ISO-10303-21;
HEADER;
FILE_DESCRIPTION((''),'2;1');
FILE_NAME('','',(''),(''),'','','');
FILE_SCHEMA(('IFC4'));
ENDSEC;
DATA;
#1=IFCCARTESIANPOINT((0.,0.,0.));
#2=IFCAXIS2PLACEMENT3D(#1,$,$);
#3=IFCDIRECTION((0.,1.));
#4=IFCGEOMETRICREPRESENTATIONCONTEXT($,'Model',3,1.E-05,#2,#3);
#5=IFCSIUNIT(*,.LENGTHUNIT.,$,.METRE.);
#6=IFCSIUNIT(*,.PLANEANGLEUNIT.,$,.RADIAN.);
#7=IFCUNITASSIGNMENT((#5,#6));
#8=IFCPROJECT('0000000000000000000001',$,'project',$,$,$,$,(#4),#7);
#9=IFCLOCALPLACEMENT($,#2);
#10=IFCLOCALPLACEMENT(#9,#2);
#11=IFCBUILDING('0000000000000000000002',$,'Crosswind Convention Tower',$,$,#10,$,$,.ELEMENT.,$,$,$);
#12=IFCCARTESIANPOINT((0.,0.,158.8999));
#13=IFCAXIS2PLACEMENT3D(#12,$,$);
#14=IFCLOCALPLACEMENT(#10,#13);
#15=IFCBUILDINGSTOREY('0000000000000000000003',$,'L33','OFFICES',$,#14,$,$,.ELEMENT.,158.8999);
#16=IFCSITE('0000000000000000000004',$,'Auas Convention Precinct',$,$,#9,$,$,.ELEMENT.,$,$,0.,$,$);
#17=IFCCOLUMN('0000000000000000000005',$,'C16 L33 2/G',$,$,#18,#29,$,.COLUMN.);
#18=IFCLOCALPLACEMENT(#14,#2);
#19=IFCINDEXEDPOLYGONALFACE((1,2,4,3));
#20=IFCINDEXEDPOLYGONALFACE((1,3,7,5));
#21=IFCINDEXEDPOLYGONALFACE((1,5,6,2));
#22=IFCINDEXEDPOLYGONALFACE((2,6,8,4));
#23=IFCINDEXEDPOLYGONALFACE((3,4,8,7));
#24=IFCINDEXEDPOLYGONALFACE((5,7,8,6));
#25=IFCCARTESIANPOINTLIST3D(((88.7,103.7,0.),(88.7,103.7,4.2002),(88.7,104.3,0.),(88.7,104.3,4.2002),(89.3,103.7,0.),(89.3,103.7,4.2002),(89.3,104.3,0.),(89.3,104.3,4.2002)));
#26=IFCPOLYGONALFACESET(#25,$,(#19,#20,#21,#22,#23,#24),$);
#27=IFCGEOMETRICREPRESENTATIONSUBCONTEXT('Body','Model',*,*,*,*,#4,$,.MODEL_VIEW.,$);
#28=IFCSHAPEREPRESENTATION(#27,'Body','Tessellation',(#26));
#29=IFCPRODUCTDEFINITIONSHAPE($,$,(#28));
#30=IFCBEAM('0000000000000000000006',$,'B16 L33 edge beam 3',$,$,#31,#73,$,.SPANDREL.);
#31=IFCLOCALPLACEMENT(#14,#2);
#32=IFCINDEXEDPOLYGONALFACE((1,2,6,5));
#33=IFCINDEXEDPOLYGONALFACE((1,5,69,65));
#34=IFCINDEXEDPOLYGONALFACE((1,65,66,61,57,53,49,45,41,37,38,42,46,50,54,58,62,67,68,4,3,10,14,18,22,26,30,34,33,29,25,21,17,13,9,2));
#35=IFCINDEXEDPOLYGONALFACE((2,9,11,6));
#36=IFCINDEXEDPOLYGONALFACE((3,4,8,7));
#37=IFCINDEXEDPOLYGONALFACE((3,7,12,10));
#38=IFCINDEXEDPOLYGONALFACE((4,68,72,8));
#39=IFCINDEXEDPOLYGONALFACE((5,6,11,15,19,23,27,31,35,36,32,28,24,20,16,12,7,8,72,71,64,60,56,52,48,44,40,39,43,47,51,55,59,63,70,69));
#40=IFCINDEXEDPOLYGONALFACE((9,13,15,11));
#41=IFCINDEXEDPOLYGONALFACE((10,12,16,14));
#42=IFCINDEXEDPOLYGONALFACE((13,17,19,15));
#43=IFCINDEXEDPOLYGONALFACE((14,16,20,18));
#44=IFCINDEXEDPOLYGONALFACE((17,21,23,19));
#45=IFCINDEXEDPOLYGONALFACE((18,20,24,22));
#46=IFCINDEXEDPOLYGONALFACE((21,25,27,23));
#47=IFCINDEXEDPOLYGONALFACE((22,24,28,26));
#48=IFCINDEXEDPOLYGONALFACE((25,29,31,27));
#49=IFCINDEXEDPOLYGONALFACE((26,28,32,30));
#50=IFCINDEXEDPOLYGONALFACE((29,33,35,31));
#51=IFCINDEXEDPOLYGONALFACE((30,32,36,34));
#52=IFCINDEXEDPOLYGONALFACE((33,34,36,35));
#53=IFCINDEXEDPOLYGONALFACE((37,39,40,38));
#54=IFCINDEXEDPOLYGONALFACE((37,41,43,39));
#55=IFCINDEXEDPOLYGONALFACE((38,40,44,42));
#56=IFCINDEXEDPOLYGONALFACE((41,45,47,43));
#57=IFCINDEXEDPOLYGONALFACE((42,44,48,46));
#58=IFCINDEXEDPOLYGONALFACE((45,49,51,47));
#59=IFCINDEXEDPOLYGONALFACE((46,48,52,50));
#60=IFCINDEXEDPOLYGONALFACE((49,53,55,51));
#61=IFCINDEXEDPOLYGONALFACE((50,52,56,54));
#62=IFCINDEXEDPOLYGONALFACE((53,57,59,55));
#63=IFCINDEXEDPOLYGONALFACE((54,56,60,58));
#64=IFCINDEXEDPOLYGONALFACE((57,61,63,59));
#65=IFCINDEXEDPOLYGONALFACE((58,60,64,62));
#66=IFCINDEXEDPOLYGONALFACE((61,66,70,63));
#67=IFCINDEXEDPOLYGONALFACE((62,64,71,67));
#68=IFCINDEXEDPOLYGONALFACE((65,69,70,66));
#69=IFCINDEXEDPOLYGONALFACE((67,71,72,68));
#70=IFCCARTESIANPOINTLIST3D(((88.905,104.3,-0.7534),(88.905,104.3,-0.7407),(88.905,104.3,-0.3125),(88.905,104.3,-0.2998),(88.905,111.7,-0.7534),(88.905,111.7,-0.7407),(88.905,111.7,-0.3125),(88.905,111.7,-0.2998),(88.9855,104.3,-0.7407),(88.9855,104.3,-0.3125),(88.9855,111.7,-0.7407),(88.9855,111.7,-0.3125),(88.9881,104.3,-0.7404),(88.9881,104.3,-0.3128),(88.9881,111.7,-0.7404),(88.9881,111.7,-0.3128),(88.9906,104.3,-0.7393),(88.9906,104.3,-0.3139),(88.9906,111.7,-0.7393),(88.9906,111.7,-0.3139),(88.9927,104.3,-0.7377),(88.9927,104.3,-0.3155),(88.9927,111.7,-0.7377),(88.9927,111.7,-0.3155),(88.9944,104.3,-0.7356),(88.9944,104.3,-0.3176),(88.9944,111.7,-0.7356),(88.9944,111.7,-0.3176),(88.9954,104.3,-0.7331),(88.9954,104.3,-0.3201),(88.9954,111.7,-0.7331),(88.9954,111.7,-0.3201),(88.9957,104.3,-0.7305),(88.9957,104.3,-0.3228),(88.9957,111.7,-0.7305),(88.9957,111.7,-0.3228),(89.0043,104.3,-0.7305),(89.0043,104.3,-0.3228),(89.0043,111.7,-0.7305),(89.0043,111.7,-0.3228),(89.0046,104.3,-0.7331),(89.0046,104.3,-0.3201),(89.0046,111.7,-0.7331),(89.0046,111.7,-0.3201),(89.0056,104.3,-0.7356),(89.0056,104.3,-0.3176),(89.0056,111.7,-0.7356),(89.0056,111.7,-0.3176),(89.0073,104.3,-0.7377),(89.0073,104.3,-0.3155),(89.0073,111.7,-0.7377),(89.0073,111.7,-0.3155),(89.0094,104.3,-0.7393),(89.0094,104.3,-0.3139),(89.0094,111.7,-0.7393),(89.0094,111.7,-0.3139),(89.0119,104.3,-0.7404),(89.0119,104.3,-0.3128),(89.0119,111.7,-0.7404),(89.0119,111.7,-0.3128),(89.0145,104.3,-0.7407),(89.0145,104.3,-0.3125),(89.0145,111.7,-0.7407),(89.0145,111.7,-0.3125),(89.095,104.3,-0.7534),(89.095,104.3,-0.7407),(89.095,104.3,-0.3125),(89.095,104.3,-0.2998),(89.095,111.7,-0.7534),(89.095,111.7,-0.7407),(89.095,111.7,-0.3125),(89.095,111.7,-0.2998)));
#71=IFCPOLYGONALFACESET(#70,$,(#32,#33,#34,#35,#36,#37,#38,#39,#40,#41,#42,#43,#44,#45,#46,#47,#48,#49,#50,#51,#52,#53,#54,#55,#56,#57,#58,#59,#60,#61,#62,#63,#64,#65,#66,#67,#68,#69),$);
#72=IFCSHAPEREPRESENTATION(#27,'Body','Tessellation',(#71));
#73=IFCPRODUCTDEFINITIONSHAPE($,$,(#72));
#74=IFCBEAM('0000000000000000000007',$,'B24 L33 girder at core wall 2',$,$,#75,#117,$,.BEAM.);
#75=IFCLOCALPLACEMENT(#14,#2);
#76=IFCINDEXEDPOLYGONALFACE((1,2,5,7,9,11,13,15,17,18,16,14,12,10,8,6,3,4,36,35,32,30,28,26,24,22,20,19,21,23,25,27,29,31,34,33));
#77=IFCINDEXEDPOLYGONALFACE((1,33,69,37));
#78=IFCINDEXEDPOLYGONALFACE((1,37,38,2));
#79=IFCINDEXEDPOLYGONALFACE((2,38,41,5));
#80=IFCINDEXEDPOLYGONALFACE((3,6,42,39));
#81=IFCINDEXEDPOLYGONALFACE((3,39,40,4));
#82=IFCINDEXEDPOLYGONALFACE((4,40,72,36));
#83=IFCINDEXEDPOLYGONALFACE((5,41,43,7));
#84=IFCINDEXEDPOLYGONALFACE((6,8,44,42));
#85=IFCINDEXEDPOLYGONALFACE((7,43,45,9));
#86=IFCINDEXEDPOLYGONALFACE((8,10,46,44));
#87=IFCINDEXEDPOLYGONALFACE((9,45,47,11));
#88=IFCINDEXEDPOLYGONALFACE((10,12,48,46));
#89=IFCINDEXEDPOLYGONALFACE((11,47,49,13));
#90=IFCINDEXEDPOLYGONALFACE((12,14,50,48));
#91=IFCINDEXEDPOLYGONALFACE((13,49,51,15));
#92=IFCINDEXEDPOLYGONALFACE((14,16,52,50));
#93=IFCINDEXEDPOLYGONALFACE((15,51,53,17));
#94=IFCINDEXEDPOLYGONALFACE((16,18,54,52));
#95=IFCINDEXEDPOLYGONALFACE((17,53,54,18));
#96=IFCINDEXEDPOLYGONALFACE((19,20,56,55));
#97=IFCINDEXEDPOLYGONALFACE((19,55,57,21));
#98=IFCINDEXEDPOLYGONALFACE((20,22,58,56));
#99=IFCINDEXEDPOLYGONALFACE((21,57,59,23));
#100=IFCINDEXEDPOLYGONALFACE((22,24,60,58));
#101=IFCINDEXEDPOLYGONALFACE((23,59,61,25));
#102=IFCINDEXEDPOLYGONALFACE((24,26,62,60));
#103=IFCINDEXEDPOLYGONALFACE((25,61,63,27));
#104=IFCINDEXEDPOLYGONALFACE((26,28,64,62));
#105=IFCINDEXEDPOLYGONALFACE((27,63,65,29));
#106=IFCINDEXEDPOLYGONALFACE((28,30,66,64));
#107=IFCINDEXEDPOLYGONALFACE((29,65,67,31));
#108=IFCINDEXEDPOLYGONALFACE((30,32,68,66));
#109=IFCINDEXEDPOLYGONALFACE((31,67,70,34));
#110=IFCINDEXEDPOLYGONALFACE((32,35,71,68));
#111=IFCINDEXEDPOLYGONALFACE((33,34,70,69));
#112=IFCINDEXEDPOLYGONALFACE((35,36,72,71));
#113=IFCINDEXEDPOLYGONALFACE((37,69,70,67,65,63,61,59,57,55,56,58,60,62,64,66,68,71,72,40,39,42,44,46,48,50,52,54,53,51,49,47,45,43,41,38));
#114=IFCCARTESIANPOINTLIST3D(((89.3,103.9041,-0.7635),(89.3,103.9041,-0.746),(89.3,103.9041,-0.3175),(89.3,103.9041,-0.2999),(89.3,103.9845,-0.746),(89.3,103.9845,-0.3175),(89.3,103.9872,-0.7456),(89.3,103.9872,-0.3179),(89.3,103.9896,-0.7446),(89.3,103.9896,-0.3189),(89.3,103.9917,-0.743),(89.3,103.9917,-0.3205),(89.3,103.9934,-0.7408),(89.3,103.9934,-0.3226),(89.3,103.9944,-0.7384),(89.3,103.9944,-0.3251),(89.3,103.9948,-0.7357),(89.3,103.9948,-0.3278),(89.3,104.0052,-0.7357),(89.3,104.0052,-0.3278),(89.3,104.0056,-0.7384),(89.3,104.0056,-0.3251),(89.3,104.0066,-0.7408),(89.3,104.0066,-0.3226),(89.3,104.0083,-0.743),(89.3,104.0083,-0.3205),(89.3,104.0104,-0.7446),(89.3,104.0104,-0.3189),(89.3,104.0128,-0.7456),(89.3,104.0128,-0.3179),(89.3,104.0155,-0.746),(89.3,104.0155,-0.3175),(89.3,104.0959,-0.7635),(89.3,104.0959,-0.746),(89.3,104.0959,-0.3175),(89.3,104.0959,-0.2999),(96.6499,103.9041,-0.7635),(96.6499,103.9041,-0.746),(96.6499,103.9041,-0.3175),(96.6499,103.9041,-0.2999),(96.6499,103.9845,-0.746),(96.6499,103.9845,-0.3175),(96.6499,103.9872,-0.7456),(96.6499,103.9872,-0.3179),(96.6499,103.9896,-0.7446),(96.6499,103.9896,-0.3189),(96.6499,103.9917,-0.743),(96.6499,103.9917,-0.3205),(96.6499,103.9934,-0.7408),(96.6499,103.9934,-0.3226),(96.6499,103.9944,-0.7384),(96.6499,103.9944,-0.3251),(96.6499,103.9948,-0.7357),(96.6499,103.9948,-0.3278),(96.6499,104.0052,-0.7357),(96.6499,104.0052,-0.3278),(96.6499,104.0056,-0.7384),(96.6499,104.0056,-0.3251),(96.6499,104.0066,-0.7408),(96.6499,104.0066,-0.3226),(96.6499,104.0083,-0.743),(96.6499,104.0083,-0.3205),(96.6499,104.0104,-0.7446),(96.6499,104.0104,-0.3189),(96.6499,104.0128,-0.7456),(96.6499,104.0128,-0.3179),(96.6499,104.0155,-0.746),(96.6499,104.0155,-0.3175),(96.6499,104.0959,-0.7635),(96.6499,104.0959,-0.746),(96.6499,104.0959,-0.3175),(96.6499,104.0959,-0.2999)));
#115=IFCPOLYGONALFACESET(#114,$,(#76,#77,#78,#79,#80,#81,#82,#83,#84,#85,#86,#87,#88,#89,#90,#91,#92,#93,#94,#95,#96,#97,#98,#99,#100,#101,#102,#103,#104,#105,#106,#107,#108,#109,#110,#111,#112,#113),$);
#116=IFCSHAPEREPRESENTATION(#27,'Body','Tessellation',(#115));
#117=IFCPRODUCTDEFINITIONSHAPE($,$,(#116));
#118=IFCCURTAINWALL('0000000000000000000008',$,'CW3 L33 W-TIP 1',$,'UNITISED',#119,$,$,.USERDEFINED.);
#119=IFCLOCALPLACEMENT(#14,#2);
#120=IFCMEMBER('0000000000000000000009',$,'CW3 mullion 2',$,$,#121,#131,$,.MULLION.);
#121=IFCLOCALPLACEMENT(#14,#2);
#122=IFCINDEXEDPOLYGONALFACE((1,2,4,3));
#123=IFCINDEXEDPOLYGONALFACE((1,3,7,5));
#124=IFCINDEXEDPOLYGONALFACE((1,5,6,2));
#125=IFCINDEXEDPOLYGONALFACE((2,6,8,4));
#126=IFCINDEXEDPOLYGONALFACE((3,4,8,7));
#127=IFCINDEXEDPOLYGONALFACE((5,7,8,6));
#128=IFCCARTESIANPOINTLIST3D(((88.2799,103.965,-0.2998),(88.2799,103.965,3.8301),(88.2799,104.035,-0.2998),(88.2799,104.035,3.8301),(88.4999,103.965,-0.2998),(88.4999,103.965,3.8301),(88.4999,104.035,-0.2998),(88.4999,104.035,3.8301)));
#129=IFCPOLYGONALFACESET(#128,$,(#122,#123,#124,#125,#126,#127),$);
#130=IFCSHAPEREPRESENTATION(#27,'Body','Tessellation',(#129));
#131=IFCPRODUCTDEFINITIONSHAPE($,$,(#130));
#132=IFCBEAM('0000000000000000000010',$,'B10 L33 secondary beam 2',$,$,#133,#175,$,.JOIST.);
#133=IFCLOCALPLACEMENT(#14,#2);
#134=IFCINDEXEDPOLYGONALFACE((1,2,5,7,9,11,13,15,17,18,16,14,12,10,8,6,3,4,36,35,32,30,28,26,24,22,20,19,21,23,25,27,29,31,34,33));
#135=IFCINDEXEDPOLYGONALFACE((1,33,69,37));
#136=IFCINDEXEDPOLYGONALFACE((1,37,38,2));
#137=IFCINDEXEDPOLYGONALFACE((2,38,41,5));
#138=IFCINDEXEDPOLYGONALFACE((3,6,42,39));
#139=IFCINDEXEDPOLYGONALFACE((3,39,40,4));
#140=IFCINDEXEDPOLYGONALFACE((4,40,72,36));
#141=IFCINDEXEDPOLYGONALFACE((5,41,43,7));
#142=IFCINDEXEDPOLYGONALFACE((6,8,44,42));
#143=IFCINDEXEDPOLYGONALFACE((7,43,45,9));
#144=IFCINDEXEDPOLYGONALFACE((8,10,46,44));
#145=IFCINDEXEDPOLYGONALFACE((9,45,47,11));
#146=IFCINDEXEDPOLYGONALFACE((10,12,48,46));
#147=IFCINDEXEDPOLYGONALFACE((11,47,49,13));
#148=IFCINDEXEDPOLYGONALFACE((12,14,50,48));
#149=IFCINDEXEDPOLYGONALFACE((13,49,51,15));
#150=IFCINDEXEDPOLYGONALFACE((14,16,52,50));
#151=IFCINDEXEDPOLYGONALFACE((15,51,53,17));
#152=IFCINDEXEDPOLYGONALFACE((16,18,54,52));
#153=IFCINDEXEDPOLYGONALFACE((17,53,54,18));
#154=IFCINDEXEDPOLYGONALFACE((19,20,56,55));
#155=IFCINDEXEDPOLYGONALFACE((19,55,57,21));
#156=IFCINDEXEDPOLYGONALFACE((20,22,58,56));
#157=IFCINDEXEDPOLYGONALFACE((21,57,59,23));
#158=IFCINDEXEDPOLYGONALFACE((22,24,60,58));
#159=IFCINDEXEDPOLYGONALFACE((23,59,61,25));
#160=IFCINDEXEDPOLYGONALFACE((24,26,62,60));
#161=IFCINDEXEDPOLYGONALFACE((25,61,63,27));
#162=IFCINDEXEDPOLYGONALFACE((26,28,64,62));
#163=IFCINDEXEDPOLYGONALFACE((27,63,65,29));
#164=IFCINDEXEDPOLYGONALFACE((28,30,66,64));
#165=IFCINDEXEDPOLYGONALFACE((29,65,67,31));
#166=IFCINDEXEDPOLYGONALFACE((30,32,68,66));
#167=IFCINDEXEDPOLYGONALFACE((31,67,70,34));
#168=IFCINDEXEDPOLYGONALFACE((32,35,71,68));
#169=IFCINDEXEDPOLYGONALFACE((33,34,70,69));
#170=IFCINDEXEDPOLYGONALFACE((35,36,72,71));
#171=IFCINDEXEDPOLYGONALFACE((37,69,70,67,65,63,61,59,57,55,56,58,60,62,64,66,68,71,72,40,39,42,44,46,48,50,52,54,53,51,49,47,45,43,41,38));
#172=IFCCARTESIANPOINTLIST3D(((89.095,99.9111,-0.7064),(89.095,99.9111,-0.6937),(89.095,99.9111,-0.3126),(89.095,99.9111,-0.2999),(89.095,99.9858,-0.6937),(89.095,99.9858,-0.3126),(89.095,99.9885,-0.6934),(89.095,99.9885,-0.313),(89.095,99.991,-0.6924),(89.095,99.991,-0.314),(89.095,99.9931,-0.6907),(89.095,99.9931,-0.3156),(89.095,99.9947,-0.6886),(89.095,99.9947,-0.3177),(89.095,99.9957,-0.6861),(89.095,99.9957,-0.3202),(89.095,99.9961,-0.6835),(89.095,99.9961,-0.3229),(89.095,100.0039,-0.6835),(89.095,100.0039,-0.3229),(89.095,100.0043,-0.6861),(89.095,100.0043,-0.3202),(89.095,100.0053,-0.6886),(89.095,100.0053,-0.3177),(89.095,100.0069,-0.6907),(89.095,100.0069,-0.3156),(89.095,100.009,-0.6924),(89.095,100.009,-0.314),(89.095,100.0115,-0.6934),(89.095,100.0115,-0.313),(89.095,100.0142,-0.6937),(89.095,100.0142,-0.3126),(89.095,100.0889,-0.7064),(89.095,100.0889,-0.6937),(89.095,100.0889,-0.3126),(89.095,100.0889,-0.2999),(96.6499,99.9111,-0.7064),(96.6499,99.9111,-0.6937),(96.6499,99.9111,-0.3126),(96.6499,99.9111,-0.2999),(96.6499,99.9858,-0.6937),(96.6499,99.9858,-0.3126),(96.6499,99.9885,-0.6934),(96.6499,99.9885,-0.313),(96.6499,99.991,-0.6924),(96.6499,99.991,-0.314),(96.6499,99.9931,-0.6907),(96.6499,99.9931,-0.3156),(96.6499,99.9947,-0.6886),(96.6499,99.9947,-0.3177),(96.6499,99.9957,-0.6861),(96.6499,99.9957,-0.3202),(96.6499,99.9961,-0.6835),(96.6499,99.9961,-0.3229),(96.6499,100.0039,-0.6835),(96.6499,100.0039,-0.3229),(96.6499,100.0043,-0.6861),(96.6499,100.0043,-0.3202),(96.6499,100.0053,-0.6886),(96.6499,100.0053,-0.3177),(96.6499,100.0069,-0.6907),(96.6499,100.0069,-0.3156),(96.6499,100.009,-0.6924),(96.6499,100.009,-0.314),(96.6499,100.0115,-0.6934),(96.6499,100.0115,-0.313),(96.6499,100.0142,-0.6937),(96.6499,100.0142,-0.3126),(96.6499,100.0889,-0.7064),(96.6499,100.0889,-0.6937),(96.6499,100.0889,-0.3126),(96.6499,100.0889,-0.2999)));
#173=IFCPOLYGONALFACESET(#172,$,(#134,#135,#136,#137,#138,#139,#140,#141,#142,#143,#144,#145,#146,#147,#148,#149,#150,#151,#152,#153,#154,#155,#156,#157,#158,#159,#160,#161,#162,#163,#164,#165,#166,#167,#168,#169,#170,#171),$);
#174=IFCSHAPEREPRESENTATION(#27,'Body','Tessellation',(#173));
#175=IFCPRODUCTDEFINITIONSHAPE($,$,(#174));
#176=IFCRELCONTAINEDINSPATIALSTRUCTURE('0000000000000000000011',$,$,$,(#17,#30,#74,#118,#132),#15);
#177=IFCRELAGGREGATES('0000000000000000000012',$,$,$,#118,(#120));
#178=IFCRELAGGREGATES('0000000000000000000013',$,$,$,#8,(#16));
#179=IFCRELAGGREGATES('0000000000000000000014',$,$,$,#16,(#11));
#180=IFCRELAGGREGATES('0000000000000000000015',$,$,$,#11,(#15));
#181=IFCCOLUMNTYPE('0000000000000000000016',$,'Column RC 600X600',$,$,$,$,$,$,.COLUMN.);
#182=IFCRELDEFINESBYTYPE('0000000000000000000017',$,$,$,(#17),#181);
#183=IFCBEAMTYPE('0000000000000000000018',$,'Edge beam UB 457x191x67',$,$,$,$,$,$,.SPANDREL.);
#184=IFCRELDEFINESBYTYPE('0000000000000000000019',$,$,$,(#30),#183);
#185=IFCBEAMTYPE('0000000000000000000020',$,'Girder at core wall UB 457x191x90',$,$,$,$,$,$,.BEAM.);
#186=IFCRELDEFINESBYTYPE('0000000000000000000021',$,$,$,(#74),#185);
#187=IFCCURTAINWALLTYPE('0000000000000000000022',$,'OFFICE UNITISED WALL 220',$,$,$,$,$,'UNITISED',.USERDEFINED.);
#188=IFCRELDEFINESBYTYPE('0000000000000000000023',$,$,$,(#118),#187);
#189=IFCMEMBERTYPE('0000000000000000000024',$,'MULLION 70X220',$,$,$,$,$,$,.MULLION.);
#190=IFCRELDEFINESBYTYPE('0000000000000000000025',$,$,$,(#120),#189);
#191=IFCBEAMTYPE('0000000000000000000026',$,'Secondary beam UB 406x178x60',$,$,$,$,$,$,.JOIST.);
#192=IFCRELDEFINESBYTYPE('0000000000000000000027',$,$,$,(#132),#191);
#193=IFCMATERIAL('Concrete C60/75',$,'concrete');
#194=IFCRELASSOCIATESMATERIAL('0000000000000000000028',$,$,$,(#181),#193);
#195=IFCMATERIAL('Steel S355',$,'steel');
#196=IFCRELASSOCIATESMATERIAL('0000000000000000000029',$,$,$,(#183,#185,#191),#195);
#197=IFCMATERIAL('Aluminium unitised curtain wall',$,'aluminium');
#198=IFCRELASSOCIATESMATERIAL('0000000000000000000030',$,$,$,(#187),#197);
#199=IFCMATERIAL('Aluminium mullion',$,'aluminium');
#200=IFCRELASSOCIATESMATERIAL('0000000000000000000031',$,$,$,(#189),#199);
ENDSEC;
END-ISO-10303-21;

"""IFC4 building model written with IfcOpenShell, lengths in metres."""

from ifc_helpers import new_model, si_unit, direction, frame, origin, origin_2d, place, context, subcontext, project, spatial, rectangle, i_section, extrude, material, material_profile, profile_set, type_object, element, aggregate, save


model = new_model("IFC4")

# Units and contexts
model_context = context("Model", 3, precision=1e-05, world=origin(), true_north=direction((0.0, 1.0)))
body_context = subcontext(model_context, "Body", "Model", "MODEL_VIEW")
ifc_project = project(units=[si_unit("LENGTHUNIT", "METRE"), si_unit("PLANEANGLEUNIT", "RADIAN")], contexts=[model_context])

# Site, building, storey
site_placement = place(None, origin())
site = spatial("IfcSite", under=ifc_project, at=site_placement, Name="Auas Convention Precinct", CompositionType="ELEMENT", RefElevation=0.0)
building_placement = place(site_placement, origin())
building = spatial("IfcBuilding", under=site, at=building_placement, Name="Crosswind Convention Tower", CompositionType="ELEMENT")
storey_placement = place(building_placement, frame((0.0, 0.0, 158.8999)))
storey = spatial("IfcBuildingStorey", under=building, at=storey_placement, Name="L33", Description="OFFICES", CompositionType="ELEMENT", Elevation=158.8999)

# Column
ifc_material_1 = material(Name="Concrete C60/75", Category="concrete")
ifc_material_profile_1 = material_profile(ifc_material_1, rectangle(XDim=0.6001, YDim=0.6001, at=origin_2d()), Name="RC 600X600")
ifc_profile_set_1 = profile_set([ifc_material_profile_1], Name="Concrete C60/75")
column_type = type_object("IfcColumnType", Name="Column RC 600X600", PredefinedType="COLUMN", material=ifc_profile_set_1)
column_placement = place(storey_placement, frame((89.0, 104.0, 0.0), z_axis=(0.0, 0.0, 1.0), x_axis=(1.0, 0.0, 0.0)))
element("IfcColumn", 1, at=column_placement, inside=storey, type_object=column_type, Name="C16 L33 2/G", PredefinedType="COLUMN", context=body_context, shape_type="SweptSolid", body=[
    extrude(rectangle(XDim=0.6001, YDim=0.6001, at=origin_2d()), origin(), (0.0, 0.0, 1.0), 4.2002),
])

# Beams
ifc_material_2 = material(Name="Steel S355", Category="steel")
ifc_material_profile_2 = material_profile(ifc_material_2, i_section(OverallWidth=0.1899, OverallDepth=0.4536, WebThickness=0.0085, FlangeThickness=0.0127, FilletRadius=0.0103, at=origin_2d()), Name="UB 457x191x67")
ifc_profile_set_2 = profile_set([ifc_material_profile_2], Name="Steel S355")
beam_type_1 = type_object("IfcBeamType", Name="Edge beam UB 457x191x67", PredefinedType="SPANDREL", material=ifc_profile_set_2)
beam_1_placement = place(storey_placement, frame((89.0, 104.3, -0.5266), z_axis=(0.0, 1.0, 0.0), x_axis=(-1.0, 0.0, 0.0)))
element("IfcBeam", 2, at=beam_1_placement, inside=storey, type_object=beam_type_1, Name="B16 L33 edge beam 3", PredefinedType="SPANDREL", context=body_context, shape_type="SweptSolid", body=[
    extrude(i_section(OverallWidth=0.1899, OverallDepth=0.4536, WebThickness=0.0085, FlangeThickness=0.0127, FilletRadius=0.0103, at=origin_2d()), origin(), (0.0, 0.0, 1.0), 7.3999),
])
ifc_material_profile_3 = material_profile(ifc_material_2, i_section(OverallWidth=0.1919, OverallDepth=0.4636, WebThickness=0.0105, FlangeThickness=0.0176, FilletRadius=0.0103, at=origin_2d()), Name="UB 457x191x90")
ifc_profile_set_3 = profile_set([ifc_material_profile_3], Name="Steel S355")
beam_type_2 = type_object("IfcBeamType", Name="Girder at core wall UB 457x191x90", PredefinedType="BEAM", material=ifc_profile_set_3)
beam_2_placement = place(storey_placement, frame((89.3, 104.0, -0.5317), z_axis=(1.0, 0.0, 0.0), x_axis=(0.0, 1.0, 0.0)))
element("IfcBeam", 3, at=beam_2_placement, inside=storey, type_object=beam_type_2, Name="B24 L33 girder at core wall 2", PredefinedType="BEAM", context=body_context, shape_type="SweptSolid", body=[
    extrude(i_section(OverallWidth=0.1919, OverallDepth=0.4636, WebThickness=0.0105, FlangeThickness=0.0176, FilletRadius=0.0103, at=origin_2d()), origin(), (0.0, 0.0, 1.0), 7.3499),
])

# Curtain wall, member
ifc_material_3 = material(Name="Aluminium unitised curtain wall", Category="aluminium")
curtain_wall_type = type_object("IfcCurtainWallType", Name="OFFICE UNITISED WALL 220", ElementType="UNITISED", PredefinedType="USERDEFINED", material=ifc_material_3)
curtain_wall_placement = place(storey_placement, origin())
curtain_wall = element("IfcCurtainWall", 4, at=curtain_wall_placement, inside=storey, type_object=curtain_wall_type, Name="CW3 L33 W-TIP 1", ObjectType="UNITISED", PredefinedType="USERDEFINED")
ifc_material_4 = material(Name="Aluminium mullion", Category="aluminium")
ifc_material_profile_4 = material_profile(ifc_material_4, rectangle(XDim=0.22, YDim=0.0701, at=origin_2d()), Name="AL 220X70")
ifc_profile_set_4 = profile_set([ifc_material_profile_4], Name="Aluminium mullion")
member_type = type_object("IfcMemberType", Name="MULLION 70X220", PredefinedType="MULLION", material=ifc_profile_set_4)
member_placement = place(storey_placement, frame((88.3899, 104.0, -0.2998), z_axis=(0.0, 0.0, 1.0), x_axis=(-1.0, 0.0, 0.0)))
member = element("IfcMember", 5, at=member_placement, type_object=member_type, Name="CW3 mullion 2", PredefinedType="MULLION", context=body_context, shape_type="SweptSolid", body=[
    extrude(rectangle(XDim=0.22, YDim=0.0701, at=origin_2d()), origin(), (0.0, 0.0, 1.0), 4.1299),
])

# Beam
ifc_material_profile_5 = material_profile(ifc_material_2, i_section(OverallWidth=0.1777, OverallDepth=0.4065, WebThickness=0.0078, FlangeThickness=0.0127, FilletRadius=0.0103, at=origin_2d()), Name="UB 406x178x60")
ifc_profile_set_5 = profile_set([ifc_material_profile_5], Name="Steel S355")
beam_type_3 = type_object("IfcBeamType", Name="Secondary beam UB 406x178x60", PredefinedType="JOIST", material=ifc_profile_set_5)
for number, where, z_axis, x_axis, name in (
    (6, (89.095, 100.0, -0.5032), (1.0, 0.0, 0.0), (0.0, 1.0, 0.0), "B10 L33 secondary beam 2"),
):
    element("IfcBeam", number, at=place(storey_placement, frame(where, z_axis=z_axis, x_axis=x_axis)), inside=storey, type_object=beam_type_3, Name=name, PredefinedType="JOIST", context=body_context, shape_type="SweptSolid", body=[
        extrude(i_section(OverallWidth=0.1777, OverallDepth=0.4065, WebThickness=0.0078, FlangeThickness=0.0127, FilletRadius=0.0103, at=origin_2d()), origin(), (0.0, 0.0, 1.0), 7.5549),
    ])

aggregate(curtain_wall, [member])

save(model, "model.ifc")
